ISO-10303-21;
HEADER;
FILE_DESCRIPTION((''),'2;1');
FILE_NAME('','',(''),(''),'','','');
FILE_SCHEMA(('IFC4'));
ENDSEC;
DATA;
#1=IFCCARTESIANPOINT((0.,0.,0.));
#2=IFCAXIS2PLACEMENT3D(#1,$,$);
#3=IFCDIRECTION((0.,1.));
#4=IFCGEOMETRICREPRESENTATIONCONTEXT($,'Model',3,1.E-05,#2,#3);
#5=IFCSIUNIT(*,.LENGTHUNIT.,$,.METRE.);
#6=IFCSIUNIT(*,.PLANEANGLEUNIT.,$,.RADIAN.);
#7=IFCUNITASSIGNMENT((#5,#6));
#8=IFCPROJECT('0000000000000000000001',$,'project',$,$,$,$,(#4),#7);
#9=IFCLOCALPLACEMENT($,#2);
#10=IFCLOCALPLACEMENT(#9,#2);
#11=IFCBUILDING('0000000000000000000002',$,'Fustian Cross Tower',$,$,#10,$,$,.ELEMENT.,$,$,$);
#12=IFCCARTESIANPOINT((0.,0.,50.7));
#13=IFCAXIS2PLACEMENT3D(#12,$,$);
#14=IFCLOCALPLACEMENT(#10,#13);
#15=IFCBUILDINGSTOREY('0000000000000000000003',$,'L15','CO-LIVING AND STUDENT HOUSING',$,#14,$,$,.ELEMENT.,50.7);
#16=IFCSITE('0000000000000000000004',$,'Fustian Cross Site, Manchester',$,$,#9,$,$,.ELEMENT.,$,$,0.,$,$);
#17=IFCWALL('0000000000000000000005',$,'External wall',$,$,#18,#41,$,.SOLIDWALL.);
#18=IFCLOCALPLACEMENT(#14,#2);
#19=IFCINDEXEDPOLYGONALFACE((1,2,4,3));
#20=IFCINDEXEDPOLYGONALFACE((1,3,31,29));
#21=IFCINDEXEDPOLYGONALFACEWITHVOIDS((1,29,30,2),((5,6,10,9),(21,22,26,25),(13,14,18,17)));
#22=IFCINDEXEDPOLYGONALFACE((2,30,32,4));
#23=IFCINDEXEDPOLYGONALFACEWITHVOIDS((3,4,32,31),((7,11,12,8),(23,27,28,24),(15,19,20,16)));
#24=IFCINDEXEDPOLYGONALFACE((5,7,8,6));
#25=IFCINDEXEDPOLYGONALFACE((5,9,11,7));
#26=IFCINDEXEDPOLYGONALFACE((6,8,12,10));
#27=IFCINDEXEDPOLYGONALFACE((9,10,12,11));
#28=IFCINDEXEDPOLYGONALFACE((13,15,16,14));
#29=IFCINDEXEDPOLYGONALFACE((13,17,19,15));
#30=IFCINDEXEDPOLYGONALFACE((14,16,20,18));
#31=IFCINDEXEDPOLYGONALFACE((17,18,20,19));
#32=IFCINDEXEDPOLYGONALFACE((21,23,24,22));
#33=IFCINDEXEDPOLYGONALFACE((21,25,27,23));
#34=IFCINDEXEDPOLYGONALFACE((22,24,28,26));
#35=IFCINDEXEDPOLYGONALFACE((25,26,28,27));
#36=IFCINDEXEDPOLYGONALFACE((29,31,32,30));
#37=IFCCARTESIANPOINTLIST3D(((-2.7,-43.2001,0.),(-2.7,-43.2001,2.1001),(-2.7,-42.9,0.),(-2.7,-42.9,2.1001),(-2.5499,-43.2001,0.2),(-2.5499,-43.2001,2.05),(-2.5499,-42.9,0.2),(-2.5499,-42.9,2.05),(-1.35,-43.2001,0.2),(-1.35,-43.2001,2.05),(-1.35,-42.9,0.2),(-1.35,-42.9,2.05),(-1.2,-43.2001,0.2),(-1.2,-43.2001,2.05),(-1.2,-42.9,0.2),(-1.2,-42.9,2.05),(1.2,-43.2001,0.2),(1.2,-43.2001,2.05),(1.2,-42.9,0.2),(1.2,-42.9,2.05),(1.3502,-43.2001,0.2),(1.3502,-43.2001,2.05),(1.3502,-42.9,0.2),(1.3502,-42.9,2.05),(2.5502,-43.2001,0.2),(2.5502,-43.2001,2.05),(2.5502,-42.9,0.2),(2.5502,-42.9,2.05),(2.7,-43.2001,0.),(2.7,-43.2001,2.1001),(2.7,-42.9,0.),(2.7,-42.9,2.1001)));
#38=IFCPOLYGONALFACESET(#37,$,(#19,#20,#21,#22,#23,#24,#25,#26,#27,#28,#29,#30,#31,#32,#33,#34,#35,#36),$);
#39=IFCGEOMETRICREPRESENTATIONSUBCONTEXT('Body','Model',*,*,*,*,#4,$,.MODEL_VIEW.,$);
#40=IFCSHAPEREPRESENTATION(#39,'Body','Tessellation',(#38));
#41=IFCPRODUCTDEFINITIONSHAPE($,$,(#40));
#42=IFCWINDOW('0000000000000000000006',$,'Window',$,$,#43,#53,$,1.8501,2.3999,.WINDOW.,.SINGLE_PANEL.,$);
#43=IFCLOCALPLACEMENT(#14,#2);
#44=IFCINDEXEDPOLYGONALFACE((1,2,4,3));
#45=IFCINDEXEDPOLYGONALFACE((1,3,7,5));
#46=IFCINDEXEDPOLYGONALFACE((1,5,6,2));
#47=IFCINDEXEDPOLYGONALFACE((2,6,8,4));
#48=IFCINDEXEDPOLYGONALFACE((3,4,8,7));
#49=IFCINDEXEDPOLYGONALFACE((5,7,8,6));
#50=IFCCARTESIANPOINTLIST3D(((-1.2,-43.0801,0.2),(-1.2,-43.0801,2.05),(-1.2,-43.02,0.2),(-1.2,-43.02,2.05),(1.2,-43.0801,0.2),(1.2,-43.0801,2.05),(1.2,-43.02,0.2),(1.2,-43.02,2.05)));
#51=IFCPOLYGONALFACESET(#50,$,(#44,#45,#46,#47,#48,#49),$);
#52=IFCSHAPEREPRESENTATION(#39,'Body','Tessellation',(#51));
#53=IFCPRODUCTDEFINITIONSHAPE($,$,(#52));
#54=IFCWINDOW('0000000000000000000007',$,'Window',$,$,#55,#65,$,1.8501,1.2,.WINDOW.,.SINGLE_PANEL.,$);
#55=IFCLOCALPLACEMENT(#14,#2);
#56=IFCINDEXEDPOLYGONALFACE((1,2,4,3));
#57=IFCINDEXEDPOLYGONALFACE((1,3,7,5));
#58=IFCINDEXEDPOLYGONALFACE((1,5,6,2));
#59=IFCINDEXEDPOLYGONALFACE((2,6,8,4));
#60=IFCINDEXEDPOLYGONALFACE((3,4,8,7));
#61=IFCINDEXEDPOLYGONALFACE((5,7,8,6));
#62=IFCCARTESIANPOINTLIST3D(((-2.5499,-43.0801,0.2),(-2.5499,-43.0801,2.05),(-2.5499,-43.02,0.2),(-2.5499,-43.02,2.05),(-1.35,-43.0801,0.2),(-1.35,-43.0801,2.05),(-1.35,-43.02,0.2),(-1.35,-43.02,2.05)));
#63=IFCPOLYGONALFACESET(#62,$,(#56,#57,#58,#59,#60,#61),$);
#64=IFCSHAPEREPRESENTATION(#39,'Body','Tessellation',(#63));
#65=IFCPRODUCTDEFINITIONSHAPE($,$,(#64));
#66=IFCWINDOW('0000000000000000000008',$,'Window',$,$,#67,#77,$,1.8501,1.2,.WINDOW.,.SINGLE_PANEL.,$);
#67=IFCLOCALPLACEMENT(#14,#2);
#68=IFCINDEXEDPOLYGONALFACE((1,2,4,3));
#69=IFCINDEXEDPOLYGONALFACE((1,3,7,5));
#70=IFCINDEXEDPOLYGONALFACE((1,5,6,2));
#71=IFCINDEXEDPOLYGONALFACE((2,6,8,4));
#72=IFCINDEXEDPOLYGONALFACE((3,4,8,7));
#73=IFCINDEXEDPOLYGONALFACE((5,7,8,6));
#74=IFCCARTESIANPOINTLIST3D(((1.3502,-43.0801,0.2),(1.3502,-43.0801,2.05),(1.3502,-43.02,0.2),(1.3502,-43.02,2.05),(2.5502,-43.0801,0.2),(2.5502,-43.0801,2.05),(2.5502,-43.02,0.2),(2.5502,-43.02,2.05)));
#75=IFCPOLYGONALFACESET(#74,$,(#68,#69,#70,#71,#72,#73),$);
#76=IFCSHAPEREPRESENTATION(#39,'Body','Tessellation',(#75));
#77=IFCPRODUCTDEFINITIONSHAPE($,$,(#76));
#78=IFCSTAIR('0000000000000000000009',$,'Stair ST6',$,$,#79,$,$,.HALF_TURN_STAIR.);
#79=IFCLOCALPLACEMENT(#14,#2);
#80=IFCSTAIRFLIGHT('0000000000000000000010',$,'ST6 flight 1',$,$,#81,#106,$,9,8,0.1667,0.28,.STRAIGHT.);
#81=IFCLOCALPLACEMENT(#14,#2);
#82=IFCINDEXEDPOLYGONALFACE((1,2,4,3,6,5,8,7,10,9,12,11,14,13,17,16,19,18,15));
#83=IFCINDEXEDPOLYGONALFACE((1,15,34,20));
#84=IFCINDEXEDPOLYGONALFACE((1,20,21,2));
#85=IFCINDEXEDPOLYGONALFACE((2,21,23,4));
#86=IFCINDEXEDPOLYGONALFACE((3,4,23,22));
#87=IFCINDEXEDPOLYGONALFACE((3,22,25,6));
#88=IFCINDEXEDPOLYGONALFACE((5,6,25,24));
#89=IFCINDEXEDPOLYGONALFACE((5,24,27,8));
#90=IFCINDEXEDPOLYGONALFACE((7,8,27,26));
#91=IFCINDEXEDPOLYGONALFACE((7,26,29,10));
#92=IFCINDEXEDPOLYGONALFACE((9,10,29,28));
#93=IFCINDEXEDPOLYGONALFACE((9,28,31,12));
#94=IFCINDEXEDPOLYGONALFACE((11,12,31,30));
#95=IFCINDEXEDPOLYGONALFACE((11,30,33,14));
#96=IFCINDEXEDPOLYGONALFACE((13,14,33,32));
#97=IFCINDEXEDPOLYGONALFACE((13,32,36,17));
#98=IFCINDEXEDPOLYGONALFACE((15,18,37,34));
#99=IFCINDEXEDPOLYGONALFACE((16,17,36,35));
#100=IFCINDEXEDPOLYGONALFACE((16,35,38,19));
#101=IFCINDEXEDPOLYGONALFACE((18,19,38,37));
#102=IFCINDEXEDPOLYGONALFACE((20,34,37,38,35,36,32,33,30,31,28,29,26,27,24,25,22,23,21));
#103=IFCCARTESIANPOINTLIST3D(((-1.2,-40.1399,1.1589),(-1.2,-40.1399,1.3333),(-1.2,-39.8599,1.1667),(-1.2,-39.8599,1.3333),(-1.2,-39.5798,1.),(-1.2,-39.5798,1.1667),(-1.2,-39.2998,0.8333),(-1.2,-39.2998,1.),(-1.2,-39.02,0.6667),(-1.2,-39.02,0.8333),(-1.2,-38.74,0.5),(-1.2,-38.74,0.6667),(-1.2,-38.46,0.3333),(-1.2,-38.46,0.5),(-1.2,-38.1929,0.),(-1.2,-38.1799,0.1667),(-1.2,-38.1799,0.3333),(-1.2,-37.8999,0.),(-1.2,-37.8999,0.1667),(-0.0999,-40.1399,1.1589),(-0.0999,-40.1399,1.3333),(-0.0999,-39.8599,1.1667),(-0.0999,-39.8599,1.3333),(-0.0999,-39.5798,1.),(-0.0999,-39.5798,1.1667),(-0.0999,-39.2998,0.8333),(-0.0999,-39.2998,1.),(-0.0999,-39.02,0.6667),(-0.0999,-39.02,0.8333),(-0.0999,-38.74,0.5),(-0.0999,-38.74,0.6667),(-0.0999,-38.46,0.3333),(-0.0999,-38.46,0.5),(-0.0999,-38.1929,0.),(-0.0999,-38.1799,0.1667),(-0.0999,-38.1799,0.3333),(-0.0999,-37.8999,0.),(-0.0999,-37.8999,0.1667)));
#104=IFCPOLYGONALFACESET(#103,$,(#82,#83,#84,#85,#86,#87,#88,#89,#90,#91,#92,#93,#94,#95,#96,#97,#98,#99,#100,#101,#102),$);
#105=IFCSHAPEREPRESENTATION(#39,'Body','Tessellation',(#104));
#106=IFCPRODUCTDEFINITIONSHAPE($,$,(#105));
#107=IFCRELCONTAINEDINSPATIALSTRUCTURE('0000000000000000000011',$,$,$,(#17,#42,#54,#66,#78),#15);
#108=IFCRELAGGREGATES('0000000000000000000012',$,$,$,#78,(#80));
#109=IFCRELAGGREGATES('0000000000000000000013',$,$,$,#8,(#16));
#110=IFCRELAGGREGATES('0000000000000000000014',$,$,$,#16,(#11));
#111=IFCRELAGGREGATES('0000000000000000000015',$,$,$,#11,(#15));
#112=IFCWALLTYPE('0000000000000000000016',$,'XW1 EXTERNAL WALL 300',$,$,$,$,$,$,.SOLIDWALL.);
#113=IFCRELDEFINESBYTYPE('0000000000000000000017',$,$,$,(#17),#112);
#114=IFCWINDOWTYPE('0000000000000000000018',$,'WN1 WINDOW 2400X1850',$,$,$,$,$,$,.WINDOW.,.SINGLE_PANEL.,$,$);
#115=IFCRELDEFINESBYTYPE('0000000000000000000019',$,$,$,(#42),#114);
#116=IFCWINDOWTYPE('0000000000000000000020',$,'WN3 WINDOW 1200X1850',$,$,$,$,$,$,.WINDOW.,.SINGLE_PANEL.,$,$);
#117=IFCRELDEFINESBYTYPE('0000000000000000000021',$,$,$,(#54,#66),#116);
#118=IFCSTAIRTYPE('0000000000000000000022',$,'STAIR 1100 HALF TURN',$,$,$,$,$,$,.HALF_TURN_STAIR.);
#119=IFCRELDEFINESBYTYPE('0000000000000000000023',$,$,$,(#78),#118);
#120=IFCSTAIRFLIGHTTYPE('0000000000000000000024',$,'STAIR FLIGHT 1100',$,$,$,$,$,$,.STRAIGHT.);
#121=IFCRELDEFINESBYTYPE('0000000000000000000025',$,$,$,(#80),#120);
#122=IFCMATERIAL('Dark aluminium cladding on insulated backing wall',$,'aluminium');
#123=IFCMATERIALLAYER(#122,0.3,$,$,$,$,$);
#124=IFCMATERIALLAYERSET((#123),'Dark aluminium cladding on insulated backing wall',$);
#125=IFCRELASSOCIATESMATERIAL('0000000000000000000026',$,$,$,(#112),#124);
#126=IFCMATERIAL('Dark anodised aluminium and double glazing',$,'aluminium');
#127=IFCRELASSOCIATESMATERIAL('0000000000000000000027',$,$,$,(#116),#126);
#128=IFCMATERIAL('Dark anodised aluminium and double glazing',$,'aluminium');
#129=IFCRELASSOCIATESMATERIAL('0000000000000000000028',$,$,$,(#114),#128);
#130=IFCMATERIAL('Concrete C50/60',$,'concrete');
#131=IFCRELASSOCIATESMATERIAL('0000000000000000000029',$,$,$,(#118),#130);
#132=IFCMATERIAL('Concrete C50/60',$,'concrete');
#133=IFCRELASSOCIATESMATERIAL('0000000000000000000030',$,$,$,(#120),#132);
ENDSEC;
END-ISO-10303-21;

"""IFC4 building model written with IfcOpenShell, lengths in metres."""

from ifc_helpers import new_model, si_unit, direction, frame, frame_2d, origin, place, context, subcontext, project, spatial, polyline, rectangle, outline, extrude, material, layer, layer_set, type_object, element, fill, aggregate, save


model = new_model("IFC4")

# Units and contexts
model_context = context("Model", 3, precision=1e-05, world=origin(), true_north=direction((0.0, 1.0)))
body_context = subcontext(model_context, "Body", "Model", "MODEL_VIEW")
ifc_project = project(units=[si_unit("LENGTHUNIT", "METRE"), si_unit("PLANEANGLEUNIT", "RADIAN")], contexts=[model_context])

# Site, building, storey
site_placement = place(None, origin())
site = spatial("IfcSite", under=ifc_project, at=site_placement, Name="Fustian Cross Site, Manchester", CompositionType="ELEMENT", RefElevation=0.0)
building_placement = place(site_placement, origin())
building = spatial("IfcBuilding", under=site, at=building_placement, Name="Fustian Cross Tower", CompositionType="ELEMENT")
storey_placement = place(building_placement, frame((0.0, 0.0, 50.7)))
storey = spatial("IfcBuildingStorey", under=building, at=storey_placement, Name="L15", Description="CO-LIVING AND STUDENT HOUSING", CompositionType="ELEMENT", Elevation=50.7)

# Shared definitions
ifc_material_1 = material(Name="Dark aluminium cladding on insulated backing wall", Category="aluminium")
ifc_layer_1 = layer(ifc_material_1, 0.3)
ifc_layer_set_1 = layer_set([ifc_layer_1], Name="Dark aluminium cladding on insulated backing wall")
wall_type_1 = type_object("IfcWallType", Name="XW1 EXTERNAL WALL 300", PredefinedType="SOLIDWALL", material=ifc_layer_set_1)

# Shared definitions
ifc_material_2 = material(Name="Dark anodised aluminium and double glazing", Category="aluminium")
window_type_1 = type_object("IfcWindowType", Name="WN3 WINDOW 1200X1850", PartitioningType="SINGLE_PANEL", PredefinedType="WINDOW", material=ifc_material_2)

# Wall, openings, windows
wall_1_placement = place(storey_placement, frame((-2.7, -43.05, 0.0), z_axis=(0.0, 0.0, 1.0), x_axis=(1.0, 0.0, 0.0)))
wall_1 = element("IfcWall", 1, at=wall_1_placement, inside=storey, type_object=wall_type_1, Name="External wall", PredefinedType="SOLIDWALL", context=body_context, shape_type="SweptSolid", body=[
    extrude(rectangle(XDim=5.3999, YDim=0.3, at=frame_2d((2.7, 0.0))), origin(), (0.0, 0.0, 1.0), 2.1001),
])
opening_1_placement = place(wall_1_placement, frame((1.5, 0.0, 0.2)))
opening_1 = element("IfcOpeningElement", 2, at=opening_1_placement, cuts=wall_1, PredefinedType="OPENING", context=body_context, shape_type="SweptSolid", body=[
    extrude(rectangle(XDim=2.3999, YDim=1.8501, at=frame_2d((1.2, 0.925))), frame((0.0, 0.1599, 0.0), z_axis=(0.0, -1.0, 0.0), x_axis=(1.0, 0.0, 0.0)), (0.0, 0.0, 1.0), 0.3201),
])
opening_2_placement = place(wall_1_placement, frame((0.1499, 0.0, 0.2)))
opening_2 = element("IfcOpeningElement", 3, at=opening_2_placement, cuts=wall_1, PredefinedType="OPENING", context=body_context, shape_type="SweptSolid", body=[
    extrude(rectangle(XDim=1.2, YDim=1.8501, at=frame_2d((0.6001, 0.925))), frame((0.0, 0.1599, 0.0), z_axis=(0.0, -1.0, 0.0), x_axis=(1.0, 0.0, 0.0)), (0.0, 0.0, 1.0), 0.3201),
])
opening_3_placement = place(wall_1_placement, frame((4.05, 0.0, 0.2)))
opening_3 = element("IfcOpeningElement", 4, at=opening_3_placement, cuts=wall_1, PredefinedType="OPENING", context=body_context, shape_type="SweptSolid", body=[
    extrude(rectangle(XDim=1.2, YDim=1.8501, at=frame_2d((0.6001, 0.925))), frame((0.0, 0.1599, 0.0), z_axis=(0.0, -1.0, 0.0), x_axis=(1.0, 0.0, 0.0)), (0.0, 0.0, 1.0), 0.3201),
])
ifc_material_3 = material(Name="Dark anodised aluminium and double glazing", Category="aluminium")
window_type_2 = type_object("IfcWindowType", Name="WN1 WINDOW 2400X1850", PartitioningType="SINGLE_PANEL", PredefinedType="WINDOW", material=ifc_material_3)
window_1_placement = place(opening_1_placement, origin())
window_1 = element("IfcWindow", 5, at=window_1_placement, inside=storey, type_object=window_type_2, Name="Window", OverallHeight=1.8501, OverallWidth=2.3999, PartitioningType="SINGLE_PANEL", PredefinedType="WINDOW", context=body_context, shape_type="SweptSolid", body=[
    extrude(rectangle(XDim=2.3999, YDim=1.8501, at=frame_2d((1.2, 0.925))), frame((0.0, 0.03, 0.0), z_axis=(0.0, -1.0, 0.0), x_axis=(1.0, 0.0, 0.0)), (0.0, 0.0, 1.0), 0.0601),
])
fill(opening_1, window_1)
window_2_placement = place(opening_2_placement, origin())
window_2 = element("IfcWindow", 6, at=window_2_placement, inside=storey, type_object=window_type_1, Name="Window", OverallHeight=1.8501, OverallWidth=1.2, PartitioningType="SINGLE_PANEL", PredefinedType="WINDOW", context=body_context, shape_type="SweptSolid", body=[
    extrude(rectangle(XDim=1.2, YDim=1.8501, at=frame_2d((0.6001, 0.925))), frame((0.0, 0.03, 0.0), z_axis=(0.0, -1.0, 0.0), x_axis=(1.0, 0.0, 0.0)), (0.0, 0.0, 1.0), 0.0601),
])
fill(opening_2, window_2)
window_3_placement = place(opening_3_placement, origin())
window_3 = element("IfcWindow", 7, at=window_3_placement, inside=storey, type_object=window_type_1, Name="Window", OverallHeight=1.8501, OverallWidth=1.2, PartitioningType="SINGLE_PANEL", PredefinedType="WINDOW", context=body_context, shape_type="SweptSolid", body=[
    extrude(rectangle(XDim=1.2, YDim=1.8501, at=frame_2d((0.6001, 0.925))), frame((0.0, 0.03, 0.0), z_axis=(0.0, -1.0, 0.0), x_axis=(1.0, 0.0, 0.0)), (0.0, 0.0, 1.0), 0.0601),
])
fill(opening_3, window_3)

# Stair, stair flight
ifc_material_4 = material(Name="Concrete C50/60", Category="concrete")
stair_type = type_object("IfcStairType", Name="STAIR 1100 HALF TURN", PredefinedType="HALF_TURN_STAIR", material=ifc_material_4)
stair_placement = place(storey_placement, origin())
stair = element("IfcStair", 8, at=stair_placement, inside=storey, type_object=stair_type, Name="Stair ST6", PredefinedType="HALF_TURN_STAIR")
ifc_material_5 = material(Name="Concrete C50/60", Category="concrete")
stair_flight_type = type_object("IfcStairFlightType", Name="STAIR FLIGHT 1100", PredefinedType="STRAIGHT", material=ifc_material_5)
stair_flight_placement = place(storey_placement, frame((-0.6499, -37.8999, 0.0), z_axis=(0.0, 0.0, 1.0), x_axis=(0.0, -1.0, 0.0)))
stair_flight = element("IfcStairFlight", 9, at=stair_flight_placement, type_object=stair_flight_type, Name="ST6 flight 1", NumberOfRisers=9, NumberOfTreads=8, PredefinedType="STRAIGHT", RiserHeight=0.1667, TreadLength=0.28, context=body_context, shape_type="SweptSolid", body=[
    extrude(outline(polyline([(0.0, 0.0), (0.0, 0.1667), (0.28, 0.1667), (0.28, 0.3333), (0.5601, 0.3333), (0.5601, 0.5), (0.8401, 0.5), (0.8401, 0.6667), (1.1201, 0.6667), (1.1201, 0.8333), (1.3999, 0.8333), (1.3999, 1.0), (1.6799, 1.0), (1.6799, 1.1667), (1.96, 1.1667), (1.96, 1.3333), (2.24, 1.3333), (2.24, 1.5), (2.24, 1.1589), (0.293, 0.0), (0.0, 0.0)])), frame((0.0, 0.55, 0.0), z_axis=(0.0, -1.0, 0.0), x_axis=(1.0, 0.0, 0.0)), (0.0, 0.0, 1.0), 1.1001),
])
aggregate(stair, [stair_flight])

save(model, "model.ifc")
